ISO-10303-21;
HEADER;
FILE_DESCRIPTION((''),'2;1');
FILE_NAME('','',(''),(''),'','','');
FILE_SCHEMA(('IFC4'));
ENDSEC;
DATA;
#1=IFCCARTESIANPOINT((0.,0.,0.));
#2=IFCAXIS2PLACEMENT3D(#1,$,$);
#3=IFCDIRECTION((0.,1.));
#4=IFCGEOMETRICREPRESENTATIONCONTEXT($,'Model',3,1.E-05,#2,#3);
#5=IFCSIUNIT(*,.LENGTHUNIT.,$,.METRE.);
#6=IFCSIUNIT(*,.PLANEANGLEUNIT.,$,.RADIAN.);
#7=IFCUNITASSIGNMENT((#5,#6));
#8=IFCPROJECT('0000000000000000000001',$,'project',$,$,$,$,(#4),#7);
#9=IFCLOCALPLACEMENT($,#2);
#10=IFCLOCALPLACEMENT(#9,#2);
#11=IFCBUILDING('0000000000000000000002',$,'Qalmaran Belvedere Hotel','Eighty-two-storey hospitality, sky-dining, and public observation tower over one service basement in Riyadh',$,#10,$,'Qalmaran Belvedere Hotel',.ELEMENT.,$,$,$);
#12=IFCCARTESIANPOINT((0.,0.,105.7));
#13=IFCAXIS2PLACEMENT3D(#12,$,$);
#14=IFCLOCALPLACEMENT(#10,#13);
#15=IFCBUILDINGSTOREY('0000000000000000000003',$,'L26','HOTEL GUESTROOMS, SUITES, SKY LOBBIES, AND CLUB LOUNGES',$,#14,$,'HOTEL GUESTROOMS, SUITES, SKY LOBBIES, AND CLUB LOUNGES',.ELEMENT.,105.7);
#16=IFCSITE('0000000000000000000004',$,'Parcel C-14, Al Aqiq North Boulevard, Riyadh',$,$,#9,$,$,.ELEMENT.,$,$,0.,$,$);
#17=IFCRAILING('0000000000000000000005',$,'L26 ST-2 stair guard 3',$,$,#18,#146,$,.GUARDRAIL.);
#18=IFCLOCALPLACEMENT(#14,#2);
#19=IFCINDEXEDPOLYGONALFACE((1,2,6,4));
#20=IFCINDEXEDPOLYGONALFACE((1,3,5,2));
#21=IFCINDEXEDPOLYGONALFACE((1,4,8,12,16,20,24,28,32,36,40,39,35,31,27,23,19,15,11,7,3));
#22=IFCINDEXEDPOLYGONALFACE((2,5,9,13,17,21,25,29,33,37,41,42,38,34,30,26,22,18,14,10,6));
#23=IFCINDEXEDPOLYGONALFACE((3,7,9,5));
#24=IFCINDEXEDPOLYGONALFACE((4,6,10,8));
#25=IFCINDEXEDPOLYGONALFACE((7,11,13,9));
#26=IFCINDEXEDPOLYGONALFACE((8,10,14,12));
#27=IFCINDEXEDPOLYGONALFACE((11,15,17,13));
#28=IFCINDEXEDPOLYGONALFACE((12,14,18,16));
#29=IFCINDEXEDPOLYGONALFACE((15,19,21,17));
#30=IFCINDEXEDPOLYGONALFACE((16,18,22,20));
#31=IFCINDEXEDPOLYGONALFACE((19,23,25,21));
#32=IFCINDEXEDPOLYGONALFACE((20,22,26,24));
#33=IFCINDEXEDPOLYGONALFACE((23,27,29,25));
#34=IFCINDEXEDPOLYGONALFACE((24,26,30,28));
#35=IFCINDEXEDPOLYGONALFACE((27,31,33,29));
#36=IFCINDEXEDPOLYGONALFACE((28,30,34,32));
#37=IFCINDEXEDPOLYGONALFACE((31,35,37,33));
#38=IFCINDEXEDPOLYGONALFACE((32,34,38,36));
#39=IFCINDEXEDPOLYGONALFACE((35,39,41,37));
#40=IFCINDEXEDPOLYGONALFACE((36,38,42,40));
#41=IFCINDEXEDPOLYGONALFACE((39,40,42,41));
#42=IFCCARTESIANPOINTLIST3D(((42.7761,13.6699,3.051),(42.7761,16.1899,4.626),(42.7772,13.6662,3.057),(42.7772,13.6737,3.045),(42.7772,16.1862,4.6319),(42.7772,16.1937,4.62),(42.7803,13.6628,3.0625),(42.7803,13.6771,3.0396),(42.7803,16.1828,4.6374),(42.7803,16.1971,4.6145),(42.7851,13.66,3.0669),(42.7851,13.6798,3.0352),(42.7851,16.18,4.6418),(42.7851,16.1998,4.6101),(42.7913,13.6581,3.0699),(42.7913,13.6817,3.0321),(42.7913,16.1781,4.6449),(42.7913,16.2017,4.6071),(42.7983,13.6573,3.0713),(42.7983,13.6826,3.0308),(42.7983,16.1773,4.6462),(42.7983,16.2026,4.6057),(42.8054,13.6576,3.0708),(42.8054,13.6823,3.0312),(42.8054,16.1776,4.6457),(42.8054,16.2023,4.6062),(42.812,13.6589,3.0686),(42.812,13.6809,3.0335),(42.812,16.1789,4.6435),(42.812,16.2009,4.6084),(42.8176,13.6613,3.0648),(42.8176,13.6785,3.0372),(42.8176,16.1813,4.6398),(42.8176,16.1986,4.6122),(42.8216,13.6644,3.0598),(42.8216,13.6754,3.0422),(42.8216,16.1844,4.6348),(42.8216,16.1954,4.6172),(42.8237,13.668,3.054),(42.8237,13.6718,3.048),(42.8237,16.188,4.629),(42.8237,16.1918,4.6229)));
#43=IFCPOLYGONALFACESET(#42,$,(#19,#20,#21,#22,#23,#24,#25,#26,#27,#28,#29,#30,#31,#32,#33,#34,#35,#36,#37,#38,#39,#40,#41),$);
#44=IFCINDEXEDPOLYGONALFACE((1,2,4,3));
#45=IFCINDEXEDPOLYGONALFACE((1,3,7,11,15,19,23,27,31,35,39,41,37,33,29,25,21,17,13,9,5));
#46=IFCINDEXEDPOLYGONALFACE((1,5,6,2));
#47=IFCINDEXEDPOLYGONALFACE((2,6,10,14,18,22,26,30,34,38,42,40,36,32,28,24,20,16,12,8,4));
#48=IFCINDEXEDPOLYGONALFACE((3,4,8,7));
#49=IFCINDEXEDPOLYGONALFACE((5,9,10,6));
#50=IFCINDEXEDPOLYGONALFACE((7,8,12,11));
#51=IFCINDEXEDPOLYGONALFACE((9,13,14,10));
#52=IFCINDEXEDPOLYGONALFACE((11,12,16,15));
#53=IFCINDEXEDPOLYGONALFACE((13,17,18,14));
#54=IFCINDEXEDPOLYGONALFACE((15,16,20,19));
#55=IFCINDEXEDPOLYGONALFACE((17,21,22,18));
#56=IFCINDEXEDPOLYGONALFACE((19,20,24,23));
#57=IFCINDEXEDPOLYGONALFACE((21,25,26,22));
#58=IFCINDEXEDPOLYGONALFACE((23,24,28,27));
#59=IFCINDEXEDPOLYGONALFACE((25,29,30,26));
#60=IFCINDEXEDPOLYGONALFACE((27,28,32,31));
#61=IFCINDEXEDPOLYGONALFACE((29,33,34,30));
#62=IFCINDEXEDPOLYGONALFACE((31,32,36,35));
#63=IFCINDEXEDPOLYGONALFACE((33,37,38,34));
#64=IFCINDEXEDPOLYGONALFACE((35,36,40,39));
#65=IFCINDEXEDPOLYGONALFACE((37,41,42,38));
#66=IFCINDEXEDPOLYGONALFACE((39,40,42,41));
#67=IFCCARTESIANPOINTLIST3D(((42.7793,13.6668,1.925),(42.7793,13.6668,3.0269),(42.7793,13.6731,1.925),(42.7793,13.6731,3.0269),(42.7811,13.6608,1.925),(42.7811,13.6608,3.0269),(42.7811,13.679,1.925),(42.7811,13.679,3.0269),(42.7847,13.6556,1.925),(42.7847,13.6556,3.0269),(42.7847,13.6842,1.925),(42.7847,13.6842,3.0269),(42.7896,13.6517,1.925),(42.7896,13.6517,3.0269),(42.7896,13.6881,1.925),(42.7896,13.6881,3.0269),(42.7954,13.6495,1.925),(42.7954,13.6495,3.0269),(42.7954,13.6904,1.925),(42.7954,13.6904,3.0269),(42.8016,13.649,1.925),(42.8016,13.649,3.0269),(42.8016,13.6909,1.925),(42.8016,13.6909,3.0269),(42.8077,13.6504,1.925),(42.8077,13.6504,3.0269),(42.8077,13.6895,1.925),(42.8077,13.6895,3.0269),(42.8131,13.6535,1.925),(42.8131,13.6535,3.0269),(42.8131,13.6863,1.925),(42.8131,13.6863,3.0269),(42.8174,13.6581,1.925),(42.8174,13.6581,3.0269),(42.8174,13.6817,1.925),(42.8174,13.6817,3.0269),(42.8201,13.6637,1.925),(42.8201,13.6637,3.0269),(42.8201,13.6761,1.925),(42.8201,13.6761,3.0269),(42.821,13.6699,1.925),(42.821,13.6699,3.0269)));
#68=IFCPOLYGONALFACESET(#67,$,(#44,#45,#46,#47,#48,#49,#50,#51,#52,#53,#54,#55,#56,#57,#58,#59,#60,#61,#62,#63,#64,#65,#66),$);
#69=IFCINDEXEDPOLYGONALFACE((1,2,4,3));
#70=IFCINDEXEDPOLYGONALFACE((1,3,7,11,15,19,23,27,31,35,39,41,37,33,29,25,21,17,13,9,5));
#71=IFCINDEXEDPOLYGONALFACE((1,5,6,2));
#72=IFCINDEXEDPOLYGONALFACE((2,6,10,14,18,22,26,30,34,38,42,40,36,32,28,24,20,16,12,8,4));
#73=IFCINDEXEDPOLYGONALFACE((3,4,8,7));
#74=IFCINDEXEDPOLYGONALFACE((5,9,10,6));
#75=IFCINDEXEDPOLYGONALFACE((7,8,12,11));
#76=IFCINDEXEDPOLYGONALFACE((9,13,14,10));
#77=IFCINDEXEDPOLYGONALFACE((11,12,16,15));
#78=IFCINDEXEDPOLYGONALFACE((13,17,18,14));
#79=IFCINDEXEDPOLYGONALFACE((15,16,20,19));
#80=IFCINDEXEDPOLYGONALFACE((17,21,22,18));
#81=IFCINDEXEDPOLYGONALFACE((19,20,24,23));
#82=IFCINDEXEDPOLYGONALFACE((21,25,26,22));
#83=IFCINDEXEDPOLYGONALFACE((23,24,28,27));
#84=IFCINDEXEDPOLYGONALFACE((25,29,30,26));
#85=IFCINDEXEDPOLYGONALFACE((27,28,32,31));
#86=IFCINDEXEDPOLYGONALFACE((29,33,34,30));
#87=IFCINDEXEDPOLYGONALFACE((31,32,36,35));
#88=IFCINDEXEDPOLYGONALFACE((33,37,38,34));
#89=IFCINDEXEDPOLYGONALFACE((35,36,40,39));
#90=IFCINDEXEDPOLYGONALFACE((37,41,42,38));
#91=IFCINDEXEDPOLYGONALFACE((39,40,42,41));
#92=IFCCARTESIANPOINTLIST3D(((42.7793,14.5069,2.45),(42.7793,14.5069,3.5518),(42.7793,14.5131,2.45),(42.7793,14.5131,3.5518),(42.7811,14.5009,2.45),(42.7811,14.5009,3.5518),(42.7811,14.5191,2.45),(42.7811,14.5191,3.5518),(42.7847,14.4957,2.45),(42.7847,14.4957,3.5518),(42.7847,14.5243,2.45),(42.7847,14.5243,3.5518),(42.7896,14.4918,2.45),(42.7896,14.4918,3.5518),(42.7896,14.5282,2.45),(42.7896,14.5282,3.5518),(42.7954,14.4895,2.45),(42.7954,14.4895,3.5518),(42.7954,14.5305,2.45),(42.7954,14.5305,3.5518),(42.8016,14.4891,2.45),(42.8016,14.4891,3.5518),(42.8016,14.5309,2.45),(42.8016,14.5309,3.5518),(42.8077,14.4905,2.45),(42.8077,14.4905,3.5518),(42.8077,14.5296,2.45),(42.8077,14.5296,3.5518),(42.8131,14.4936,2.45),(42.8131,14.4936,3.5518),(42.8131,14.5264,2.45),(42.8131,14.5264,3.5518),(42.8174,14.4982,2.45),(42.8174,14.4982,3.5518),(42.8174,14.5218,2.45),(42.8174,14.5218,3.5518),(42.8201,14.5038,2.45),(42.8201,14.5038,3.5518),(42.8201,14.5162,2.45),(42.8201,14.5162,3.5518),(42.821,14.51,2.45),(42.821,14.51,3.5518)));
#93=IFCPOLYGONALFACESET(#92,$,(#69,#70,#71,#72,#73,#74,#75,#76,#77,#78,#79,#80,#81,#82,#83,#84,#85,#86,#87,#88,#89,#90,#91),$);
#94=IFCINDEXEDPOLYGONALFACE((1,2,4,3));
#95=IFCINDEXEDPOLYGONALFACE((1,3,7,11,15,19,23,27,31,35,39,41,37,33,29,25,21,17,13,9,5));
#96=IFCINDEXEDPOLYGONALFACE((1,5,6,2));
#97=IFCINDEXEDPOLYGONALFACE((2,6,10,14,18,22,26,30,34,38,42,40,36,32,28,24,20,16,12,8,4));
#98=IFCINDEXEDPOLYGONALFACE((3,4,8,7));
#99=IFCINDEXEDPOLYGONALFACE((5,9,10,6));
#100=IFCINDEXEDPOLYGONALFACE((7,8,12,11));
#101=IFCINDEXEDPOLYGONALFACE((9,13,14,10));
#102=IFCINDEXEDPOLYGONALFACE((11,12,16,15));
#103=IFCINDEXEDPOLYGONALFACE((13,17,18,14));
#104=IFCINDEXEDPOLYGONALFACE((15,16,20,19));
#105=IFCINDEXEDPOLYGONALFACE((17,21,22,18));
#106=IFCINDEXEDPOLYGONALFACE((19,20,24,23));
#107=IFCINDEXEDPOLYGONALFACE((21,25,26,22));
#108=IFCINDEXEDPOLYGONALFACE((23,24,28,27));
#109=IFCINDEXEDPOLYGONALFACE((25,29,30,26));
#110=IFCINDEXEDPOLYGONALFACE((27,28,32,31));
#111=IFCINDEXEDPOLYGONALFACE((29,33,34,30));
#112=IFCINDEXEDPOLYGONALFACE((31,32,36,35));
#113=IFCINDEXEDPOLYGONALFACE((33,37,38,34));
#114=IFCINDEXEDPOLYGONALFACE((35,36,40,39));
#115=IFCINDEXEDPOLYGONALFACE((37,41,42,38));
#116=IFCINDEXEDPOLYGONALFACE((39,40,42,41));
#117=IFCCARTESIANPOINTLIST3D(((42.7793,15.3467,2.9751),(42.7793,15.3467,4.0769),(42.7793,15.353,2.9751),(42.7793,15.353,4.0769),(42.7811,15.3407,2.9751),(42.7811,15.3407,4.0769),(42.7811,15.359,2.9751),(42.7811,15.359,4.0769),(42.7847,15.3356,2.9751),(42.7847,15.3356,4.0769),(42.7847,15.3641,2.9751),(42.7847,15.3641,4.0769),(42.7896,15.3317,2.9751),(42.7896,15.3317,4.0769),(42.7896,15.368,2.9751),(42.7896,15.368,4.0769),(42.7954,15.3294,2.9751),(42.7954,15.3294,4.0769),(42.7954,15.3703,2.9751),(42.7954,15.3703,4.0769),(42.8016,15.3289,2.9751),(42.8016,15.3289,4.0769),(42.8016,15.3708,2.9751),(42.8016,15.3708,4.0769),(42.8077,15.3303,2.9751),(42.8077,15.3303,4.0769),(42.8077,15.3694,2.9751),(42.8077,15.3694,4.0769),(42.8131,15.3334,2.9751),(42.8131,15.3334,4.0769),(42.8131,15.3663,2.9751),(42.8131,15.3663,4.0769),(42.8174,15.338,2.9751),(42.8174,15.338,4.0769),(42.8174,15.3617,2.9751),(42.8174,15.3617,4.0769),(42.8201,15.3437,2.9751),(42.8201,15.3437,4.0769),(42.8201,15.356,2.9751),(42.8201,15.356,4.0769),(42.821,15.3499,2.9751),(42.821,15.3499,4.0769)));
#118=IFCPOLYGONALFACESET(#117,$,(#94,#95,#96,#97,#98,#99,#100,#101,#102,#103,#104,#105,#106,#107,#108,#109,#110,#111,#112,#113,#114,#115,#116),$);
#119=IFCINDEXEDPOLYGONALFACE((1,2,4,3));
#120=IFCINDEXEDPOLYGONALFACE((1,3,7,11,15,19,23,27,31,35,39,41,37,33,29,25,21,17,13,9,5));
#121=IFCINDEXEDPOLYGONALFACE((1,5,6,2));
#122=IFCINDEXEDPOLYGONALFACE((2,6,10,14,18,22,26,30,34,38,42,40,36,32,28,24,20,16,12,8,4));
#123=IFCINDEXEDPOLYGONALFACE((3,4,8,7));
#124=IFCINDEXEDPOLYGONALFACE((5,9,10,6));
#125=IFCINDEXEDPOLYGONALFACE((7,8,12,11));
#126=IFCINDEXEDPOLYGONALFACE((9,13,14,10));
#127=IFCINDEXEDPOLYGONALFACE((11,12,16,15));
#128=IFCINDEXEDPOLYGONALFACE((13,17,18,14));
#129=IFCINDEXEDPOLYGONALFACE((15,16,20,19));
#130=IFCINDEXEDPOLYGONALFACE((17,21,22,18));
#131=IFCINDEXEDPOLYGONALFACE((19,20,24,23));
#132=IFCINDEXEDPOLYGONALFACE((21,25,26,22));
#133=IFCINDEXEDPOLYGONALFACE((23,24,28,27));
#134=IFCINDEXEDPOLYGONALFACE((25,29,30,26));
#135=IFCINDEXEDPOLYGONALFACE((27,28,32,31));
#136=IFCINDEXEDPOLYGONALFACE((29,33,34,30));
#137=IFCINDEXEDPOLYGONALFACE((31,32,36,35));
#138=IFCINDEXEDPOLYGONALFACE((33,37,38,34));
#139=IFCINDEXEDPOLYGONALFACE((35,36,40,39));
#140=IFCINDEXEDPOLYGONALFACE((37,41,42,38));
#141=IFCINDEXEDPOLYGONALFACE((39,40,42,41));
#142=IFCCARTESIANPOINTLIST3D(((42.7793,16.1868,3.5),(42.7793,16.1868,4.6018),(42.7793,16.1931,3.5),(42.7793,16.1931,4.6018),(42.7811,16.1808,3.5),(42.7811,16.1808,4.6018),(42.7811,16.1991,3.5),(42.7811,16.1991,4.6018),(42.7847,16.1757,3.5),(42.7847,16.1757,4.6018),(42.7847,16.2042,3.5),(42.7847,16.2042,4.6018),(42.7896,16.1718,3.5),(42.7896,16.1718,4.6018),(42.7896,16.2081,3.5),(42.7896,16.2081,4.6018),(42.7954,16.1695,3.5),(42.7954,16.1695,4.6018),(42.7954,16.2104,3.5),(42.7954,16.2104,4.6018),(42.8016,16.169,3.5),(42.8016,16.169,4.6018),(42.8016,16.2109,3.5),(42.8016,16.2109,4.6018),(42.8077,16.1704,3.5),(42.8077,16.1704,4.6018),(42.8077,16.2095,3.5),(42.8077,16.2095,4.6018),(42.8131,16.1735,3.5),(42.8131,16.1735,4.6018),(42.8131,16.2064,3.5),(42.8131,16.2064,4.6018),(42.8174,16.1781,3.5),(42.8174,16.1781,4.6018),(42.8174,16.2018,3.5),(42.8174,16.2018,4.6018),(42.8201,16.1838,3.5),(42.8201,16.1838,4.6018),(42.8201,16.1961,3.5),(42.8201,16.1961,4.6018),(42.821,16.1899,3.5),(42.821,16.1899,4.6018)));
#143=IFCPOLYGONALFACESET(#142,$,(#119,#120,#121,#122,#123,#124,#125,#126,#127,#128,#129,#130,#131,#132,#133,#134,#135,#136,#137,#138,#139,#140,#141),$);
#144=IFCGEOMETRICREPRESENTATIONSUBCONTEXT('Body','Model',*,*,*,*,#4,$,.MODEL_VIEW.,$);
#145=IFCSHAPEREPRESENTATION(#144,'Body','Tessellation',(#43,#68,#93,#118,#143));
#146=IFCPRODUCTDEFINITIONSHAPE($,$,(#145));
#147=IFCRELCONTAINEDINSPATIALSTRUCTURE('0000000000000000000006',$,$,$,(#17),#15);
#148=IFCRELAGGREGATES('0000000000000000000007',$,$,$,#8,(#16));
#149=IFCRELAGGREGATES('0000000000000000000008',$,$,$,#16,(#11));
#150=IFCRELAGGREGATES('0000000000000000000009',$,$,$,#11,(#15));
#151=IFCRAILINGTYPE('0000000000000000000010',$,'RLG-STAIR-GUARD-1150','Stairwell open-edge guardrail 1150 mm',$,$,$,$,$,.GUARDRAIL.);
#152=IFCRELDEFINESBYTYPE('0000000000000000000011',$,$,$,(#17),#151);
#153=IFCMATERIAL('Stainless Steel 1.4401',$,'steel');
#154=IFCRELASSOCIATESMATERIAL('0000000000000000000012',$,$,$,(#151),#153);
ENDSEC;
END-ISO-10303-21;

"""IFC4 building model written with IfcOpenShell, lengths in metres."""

from ifc_helpers import new_model, si_unit, direction, frame, origin, origin_2d, place, context, subcontext, project, spatial, circle, extrude, material, type_object, element, save


model = new_model("IFC4")

# Units and contexts
model_context = context("Model", 3, precision=1e-05, world=origin(), true_north=direction((0.0, 1.0)))
body_context = subcontext(model_context, "Body", "Model", "MODEL_VIEW")
ifc_project = project(units=[si_unit("LENGTHUNIT", "METRE"), si_unit("PLANEANGLEUNIT", "RADIAN")], contexts=[model_context])

# Site, building, storey
site_placement = place(None, origin())
site = spatial("IfcSite", under=ifc_project, at=site_placement, Name="Parcel C-14, Al Aqiq North Boulevard, Riyadh", CompositionType="ELEMENT", RefElevation=0.0)
building_placement = place(site_placement, origin())
building = spatial("IfcBuilding", under=site, at=building_placement, Name="Qalmaran Belvedere Hotel", Description="Eighty-two-storey hospitality, sky-dining, and public observation tower over one service basement in Riyadh", LongName="Qalmaran Belvedere Hotel", CompositionType="ELEMENT")
storey_placement = place(building_placement, frame((0.0, 0.0, 105.7)))
storey = spatial("IfcBuildingStorey", under=building, at=storey_placement, Name="L26", Description="HOTEL GUESTROOMS, SUITES, SKY LOBBIES, AND CLUB LOUNGES", LongName="HOTEL GUESTROOMS, SUITES, SKY LOBBIES, AND CLUB LOUNGES", CompositionType="ELEMENT", Elevation=105.7)

# Shared definitions
ifc_material_1 = material(Name="Stainless Steel 1.4401", Category="steel")

# Railing
railing_type_1 = type_object("IfcRailingType", Name="RLG-STAIR-GUARD-1150", Description="Stairwell open-edge guardrail 1150 mm", PredefinedType="GUARDRAIL", material=ifc_material_1)
railing_1_placement = place(storey_placement, frame((42.8, 13.6699, 1.925)))
element("IfcRailing", 1, at=railing_1_placement, inside=storey, type_object=railing_type_1, Name="L26 ST-2 stair guard 3", PredefinedType="GUARDRAIL", context=body_context, shape_type="SweptSolid", body=[
    extrude(circle(Radius=0.0239, at=origin_2d()), frame((0.0, 0.0, 1.126), z_axis=(0.0, 0.848008, 0.529984), x_axis=(-1.0, 0.0, 0.0)), (0.0, 0.0, 1.0), 2.9717),
    extrude(circle(Radius=0.021, at=origin_2d()), origin(), (0.0, 0.0, 1.0), 1.1018),
    extrude(circle(Radius=0.021, at=origin_2d()), frame((0.0, 0.8401, 0.5249)), (0.0, 0.0, 1.0), 1.1018),
    extrude(circle(Radius=0.021, at=origin_2d()), frame((0.0, 1.6799, 1.05)), (0.0, 0.0, 1.0), 1.1018),
    extrude(circle(Radius=0.021, at=origin_2d()), frame((0.0, 2.52, 1.575)), (0.0, 0.0, 1.0), 1.1018),
])

save(model, "model.ifc")
